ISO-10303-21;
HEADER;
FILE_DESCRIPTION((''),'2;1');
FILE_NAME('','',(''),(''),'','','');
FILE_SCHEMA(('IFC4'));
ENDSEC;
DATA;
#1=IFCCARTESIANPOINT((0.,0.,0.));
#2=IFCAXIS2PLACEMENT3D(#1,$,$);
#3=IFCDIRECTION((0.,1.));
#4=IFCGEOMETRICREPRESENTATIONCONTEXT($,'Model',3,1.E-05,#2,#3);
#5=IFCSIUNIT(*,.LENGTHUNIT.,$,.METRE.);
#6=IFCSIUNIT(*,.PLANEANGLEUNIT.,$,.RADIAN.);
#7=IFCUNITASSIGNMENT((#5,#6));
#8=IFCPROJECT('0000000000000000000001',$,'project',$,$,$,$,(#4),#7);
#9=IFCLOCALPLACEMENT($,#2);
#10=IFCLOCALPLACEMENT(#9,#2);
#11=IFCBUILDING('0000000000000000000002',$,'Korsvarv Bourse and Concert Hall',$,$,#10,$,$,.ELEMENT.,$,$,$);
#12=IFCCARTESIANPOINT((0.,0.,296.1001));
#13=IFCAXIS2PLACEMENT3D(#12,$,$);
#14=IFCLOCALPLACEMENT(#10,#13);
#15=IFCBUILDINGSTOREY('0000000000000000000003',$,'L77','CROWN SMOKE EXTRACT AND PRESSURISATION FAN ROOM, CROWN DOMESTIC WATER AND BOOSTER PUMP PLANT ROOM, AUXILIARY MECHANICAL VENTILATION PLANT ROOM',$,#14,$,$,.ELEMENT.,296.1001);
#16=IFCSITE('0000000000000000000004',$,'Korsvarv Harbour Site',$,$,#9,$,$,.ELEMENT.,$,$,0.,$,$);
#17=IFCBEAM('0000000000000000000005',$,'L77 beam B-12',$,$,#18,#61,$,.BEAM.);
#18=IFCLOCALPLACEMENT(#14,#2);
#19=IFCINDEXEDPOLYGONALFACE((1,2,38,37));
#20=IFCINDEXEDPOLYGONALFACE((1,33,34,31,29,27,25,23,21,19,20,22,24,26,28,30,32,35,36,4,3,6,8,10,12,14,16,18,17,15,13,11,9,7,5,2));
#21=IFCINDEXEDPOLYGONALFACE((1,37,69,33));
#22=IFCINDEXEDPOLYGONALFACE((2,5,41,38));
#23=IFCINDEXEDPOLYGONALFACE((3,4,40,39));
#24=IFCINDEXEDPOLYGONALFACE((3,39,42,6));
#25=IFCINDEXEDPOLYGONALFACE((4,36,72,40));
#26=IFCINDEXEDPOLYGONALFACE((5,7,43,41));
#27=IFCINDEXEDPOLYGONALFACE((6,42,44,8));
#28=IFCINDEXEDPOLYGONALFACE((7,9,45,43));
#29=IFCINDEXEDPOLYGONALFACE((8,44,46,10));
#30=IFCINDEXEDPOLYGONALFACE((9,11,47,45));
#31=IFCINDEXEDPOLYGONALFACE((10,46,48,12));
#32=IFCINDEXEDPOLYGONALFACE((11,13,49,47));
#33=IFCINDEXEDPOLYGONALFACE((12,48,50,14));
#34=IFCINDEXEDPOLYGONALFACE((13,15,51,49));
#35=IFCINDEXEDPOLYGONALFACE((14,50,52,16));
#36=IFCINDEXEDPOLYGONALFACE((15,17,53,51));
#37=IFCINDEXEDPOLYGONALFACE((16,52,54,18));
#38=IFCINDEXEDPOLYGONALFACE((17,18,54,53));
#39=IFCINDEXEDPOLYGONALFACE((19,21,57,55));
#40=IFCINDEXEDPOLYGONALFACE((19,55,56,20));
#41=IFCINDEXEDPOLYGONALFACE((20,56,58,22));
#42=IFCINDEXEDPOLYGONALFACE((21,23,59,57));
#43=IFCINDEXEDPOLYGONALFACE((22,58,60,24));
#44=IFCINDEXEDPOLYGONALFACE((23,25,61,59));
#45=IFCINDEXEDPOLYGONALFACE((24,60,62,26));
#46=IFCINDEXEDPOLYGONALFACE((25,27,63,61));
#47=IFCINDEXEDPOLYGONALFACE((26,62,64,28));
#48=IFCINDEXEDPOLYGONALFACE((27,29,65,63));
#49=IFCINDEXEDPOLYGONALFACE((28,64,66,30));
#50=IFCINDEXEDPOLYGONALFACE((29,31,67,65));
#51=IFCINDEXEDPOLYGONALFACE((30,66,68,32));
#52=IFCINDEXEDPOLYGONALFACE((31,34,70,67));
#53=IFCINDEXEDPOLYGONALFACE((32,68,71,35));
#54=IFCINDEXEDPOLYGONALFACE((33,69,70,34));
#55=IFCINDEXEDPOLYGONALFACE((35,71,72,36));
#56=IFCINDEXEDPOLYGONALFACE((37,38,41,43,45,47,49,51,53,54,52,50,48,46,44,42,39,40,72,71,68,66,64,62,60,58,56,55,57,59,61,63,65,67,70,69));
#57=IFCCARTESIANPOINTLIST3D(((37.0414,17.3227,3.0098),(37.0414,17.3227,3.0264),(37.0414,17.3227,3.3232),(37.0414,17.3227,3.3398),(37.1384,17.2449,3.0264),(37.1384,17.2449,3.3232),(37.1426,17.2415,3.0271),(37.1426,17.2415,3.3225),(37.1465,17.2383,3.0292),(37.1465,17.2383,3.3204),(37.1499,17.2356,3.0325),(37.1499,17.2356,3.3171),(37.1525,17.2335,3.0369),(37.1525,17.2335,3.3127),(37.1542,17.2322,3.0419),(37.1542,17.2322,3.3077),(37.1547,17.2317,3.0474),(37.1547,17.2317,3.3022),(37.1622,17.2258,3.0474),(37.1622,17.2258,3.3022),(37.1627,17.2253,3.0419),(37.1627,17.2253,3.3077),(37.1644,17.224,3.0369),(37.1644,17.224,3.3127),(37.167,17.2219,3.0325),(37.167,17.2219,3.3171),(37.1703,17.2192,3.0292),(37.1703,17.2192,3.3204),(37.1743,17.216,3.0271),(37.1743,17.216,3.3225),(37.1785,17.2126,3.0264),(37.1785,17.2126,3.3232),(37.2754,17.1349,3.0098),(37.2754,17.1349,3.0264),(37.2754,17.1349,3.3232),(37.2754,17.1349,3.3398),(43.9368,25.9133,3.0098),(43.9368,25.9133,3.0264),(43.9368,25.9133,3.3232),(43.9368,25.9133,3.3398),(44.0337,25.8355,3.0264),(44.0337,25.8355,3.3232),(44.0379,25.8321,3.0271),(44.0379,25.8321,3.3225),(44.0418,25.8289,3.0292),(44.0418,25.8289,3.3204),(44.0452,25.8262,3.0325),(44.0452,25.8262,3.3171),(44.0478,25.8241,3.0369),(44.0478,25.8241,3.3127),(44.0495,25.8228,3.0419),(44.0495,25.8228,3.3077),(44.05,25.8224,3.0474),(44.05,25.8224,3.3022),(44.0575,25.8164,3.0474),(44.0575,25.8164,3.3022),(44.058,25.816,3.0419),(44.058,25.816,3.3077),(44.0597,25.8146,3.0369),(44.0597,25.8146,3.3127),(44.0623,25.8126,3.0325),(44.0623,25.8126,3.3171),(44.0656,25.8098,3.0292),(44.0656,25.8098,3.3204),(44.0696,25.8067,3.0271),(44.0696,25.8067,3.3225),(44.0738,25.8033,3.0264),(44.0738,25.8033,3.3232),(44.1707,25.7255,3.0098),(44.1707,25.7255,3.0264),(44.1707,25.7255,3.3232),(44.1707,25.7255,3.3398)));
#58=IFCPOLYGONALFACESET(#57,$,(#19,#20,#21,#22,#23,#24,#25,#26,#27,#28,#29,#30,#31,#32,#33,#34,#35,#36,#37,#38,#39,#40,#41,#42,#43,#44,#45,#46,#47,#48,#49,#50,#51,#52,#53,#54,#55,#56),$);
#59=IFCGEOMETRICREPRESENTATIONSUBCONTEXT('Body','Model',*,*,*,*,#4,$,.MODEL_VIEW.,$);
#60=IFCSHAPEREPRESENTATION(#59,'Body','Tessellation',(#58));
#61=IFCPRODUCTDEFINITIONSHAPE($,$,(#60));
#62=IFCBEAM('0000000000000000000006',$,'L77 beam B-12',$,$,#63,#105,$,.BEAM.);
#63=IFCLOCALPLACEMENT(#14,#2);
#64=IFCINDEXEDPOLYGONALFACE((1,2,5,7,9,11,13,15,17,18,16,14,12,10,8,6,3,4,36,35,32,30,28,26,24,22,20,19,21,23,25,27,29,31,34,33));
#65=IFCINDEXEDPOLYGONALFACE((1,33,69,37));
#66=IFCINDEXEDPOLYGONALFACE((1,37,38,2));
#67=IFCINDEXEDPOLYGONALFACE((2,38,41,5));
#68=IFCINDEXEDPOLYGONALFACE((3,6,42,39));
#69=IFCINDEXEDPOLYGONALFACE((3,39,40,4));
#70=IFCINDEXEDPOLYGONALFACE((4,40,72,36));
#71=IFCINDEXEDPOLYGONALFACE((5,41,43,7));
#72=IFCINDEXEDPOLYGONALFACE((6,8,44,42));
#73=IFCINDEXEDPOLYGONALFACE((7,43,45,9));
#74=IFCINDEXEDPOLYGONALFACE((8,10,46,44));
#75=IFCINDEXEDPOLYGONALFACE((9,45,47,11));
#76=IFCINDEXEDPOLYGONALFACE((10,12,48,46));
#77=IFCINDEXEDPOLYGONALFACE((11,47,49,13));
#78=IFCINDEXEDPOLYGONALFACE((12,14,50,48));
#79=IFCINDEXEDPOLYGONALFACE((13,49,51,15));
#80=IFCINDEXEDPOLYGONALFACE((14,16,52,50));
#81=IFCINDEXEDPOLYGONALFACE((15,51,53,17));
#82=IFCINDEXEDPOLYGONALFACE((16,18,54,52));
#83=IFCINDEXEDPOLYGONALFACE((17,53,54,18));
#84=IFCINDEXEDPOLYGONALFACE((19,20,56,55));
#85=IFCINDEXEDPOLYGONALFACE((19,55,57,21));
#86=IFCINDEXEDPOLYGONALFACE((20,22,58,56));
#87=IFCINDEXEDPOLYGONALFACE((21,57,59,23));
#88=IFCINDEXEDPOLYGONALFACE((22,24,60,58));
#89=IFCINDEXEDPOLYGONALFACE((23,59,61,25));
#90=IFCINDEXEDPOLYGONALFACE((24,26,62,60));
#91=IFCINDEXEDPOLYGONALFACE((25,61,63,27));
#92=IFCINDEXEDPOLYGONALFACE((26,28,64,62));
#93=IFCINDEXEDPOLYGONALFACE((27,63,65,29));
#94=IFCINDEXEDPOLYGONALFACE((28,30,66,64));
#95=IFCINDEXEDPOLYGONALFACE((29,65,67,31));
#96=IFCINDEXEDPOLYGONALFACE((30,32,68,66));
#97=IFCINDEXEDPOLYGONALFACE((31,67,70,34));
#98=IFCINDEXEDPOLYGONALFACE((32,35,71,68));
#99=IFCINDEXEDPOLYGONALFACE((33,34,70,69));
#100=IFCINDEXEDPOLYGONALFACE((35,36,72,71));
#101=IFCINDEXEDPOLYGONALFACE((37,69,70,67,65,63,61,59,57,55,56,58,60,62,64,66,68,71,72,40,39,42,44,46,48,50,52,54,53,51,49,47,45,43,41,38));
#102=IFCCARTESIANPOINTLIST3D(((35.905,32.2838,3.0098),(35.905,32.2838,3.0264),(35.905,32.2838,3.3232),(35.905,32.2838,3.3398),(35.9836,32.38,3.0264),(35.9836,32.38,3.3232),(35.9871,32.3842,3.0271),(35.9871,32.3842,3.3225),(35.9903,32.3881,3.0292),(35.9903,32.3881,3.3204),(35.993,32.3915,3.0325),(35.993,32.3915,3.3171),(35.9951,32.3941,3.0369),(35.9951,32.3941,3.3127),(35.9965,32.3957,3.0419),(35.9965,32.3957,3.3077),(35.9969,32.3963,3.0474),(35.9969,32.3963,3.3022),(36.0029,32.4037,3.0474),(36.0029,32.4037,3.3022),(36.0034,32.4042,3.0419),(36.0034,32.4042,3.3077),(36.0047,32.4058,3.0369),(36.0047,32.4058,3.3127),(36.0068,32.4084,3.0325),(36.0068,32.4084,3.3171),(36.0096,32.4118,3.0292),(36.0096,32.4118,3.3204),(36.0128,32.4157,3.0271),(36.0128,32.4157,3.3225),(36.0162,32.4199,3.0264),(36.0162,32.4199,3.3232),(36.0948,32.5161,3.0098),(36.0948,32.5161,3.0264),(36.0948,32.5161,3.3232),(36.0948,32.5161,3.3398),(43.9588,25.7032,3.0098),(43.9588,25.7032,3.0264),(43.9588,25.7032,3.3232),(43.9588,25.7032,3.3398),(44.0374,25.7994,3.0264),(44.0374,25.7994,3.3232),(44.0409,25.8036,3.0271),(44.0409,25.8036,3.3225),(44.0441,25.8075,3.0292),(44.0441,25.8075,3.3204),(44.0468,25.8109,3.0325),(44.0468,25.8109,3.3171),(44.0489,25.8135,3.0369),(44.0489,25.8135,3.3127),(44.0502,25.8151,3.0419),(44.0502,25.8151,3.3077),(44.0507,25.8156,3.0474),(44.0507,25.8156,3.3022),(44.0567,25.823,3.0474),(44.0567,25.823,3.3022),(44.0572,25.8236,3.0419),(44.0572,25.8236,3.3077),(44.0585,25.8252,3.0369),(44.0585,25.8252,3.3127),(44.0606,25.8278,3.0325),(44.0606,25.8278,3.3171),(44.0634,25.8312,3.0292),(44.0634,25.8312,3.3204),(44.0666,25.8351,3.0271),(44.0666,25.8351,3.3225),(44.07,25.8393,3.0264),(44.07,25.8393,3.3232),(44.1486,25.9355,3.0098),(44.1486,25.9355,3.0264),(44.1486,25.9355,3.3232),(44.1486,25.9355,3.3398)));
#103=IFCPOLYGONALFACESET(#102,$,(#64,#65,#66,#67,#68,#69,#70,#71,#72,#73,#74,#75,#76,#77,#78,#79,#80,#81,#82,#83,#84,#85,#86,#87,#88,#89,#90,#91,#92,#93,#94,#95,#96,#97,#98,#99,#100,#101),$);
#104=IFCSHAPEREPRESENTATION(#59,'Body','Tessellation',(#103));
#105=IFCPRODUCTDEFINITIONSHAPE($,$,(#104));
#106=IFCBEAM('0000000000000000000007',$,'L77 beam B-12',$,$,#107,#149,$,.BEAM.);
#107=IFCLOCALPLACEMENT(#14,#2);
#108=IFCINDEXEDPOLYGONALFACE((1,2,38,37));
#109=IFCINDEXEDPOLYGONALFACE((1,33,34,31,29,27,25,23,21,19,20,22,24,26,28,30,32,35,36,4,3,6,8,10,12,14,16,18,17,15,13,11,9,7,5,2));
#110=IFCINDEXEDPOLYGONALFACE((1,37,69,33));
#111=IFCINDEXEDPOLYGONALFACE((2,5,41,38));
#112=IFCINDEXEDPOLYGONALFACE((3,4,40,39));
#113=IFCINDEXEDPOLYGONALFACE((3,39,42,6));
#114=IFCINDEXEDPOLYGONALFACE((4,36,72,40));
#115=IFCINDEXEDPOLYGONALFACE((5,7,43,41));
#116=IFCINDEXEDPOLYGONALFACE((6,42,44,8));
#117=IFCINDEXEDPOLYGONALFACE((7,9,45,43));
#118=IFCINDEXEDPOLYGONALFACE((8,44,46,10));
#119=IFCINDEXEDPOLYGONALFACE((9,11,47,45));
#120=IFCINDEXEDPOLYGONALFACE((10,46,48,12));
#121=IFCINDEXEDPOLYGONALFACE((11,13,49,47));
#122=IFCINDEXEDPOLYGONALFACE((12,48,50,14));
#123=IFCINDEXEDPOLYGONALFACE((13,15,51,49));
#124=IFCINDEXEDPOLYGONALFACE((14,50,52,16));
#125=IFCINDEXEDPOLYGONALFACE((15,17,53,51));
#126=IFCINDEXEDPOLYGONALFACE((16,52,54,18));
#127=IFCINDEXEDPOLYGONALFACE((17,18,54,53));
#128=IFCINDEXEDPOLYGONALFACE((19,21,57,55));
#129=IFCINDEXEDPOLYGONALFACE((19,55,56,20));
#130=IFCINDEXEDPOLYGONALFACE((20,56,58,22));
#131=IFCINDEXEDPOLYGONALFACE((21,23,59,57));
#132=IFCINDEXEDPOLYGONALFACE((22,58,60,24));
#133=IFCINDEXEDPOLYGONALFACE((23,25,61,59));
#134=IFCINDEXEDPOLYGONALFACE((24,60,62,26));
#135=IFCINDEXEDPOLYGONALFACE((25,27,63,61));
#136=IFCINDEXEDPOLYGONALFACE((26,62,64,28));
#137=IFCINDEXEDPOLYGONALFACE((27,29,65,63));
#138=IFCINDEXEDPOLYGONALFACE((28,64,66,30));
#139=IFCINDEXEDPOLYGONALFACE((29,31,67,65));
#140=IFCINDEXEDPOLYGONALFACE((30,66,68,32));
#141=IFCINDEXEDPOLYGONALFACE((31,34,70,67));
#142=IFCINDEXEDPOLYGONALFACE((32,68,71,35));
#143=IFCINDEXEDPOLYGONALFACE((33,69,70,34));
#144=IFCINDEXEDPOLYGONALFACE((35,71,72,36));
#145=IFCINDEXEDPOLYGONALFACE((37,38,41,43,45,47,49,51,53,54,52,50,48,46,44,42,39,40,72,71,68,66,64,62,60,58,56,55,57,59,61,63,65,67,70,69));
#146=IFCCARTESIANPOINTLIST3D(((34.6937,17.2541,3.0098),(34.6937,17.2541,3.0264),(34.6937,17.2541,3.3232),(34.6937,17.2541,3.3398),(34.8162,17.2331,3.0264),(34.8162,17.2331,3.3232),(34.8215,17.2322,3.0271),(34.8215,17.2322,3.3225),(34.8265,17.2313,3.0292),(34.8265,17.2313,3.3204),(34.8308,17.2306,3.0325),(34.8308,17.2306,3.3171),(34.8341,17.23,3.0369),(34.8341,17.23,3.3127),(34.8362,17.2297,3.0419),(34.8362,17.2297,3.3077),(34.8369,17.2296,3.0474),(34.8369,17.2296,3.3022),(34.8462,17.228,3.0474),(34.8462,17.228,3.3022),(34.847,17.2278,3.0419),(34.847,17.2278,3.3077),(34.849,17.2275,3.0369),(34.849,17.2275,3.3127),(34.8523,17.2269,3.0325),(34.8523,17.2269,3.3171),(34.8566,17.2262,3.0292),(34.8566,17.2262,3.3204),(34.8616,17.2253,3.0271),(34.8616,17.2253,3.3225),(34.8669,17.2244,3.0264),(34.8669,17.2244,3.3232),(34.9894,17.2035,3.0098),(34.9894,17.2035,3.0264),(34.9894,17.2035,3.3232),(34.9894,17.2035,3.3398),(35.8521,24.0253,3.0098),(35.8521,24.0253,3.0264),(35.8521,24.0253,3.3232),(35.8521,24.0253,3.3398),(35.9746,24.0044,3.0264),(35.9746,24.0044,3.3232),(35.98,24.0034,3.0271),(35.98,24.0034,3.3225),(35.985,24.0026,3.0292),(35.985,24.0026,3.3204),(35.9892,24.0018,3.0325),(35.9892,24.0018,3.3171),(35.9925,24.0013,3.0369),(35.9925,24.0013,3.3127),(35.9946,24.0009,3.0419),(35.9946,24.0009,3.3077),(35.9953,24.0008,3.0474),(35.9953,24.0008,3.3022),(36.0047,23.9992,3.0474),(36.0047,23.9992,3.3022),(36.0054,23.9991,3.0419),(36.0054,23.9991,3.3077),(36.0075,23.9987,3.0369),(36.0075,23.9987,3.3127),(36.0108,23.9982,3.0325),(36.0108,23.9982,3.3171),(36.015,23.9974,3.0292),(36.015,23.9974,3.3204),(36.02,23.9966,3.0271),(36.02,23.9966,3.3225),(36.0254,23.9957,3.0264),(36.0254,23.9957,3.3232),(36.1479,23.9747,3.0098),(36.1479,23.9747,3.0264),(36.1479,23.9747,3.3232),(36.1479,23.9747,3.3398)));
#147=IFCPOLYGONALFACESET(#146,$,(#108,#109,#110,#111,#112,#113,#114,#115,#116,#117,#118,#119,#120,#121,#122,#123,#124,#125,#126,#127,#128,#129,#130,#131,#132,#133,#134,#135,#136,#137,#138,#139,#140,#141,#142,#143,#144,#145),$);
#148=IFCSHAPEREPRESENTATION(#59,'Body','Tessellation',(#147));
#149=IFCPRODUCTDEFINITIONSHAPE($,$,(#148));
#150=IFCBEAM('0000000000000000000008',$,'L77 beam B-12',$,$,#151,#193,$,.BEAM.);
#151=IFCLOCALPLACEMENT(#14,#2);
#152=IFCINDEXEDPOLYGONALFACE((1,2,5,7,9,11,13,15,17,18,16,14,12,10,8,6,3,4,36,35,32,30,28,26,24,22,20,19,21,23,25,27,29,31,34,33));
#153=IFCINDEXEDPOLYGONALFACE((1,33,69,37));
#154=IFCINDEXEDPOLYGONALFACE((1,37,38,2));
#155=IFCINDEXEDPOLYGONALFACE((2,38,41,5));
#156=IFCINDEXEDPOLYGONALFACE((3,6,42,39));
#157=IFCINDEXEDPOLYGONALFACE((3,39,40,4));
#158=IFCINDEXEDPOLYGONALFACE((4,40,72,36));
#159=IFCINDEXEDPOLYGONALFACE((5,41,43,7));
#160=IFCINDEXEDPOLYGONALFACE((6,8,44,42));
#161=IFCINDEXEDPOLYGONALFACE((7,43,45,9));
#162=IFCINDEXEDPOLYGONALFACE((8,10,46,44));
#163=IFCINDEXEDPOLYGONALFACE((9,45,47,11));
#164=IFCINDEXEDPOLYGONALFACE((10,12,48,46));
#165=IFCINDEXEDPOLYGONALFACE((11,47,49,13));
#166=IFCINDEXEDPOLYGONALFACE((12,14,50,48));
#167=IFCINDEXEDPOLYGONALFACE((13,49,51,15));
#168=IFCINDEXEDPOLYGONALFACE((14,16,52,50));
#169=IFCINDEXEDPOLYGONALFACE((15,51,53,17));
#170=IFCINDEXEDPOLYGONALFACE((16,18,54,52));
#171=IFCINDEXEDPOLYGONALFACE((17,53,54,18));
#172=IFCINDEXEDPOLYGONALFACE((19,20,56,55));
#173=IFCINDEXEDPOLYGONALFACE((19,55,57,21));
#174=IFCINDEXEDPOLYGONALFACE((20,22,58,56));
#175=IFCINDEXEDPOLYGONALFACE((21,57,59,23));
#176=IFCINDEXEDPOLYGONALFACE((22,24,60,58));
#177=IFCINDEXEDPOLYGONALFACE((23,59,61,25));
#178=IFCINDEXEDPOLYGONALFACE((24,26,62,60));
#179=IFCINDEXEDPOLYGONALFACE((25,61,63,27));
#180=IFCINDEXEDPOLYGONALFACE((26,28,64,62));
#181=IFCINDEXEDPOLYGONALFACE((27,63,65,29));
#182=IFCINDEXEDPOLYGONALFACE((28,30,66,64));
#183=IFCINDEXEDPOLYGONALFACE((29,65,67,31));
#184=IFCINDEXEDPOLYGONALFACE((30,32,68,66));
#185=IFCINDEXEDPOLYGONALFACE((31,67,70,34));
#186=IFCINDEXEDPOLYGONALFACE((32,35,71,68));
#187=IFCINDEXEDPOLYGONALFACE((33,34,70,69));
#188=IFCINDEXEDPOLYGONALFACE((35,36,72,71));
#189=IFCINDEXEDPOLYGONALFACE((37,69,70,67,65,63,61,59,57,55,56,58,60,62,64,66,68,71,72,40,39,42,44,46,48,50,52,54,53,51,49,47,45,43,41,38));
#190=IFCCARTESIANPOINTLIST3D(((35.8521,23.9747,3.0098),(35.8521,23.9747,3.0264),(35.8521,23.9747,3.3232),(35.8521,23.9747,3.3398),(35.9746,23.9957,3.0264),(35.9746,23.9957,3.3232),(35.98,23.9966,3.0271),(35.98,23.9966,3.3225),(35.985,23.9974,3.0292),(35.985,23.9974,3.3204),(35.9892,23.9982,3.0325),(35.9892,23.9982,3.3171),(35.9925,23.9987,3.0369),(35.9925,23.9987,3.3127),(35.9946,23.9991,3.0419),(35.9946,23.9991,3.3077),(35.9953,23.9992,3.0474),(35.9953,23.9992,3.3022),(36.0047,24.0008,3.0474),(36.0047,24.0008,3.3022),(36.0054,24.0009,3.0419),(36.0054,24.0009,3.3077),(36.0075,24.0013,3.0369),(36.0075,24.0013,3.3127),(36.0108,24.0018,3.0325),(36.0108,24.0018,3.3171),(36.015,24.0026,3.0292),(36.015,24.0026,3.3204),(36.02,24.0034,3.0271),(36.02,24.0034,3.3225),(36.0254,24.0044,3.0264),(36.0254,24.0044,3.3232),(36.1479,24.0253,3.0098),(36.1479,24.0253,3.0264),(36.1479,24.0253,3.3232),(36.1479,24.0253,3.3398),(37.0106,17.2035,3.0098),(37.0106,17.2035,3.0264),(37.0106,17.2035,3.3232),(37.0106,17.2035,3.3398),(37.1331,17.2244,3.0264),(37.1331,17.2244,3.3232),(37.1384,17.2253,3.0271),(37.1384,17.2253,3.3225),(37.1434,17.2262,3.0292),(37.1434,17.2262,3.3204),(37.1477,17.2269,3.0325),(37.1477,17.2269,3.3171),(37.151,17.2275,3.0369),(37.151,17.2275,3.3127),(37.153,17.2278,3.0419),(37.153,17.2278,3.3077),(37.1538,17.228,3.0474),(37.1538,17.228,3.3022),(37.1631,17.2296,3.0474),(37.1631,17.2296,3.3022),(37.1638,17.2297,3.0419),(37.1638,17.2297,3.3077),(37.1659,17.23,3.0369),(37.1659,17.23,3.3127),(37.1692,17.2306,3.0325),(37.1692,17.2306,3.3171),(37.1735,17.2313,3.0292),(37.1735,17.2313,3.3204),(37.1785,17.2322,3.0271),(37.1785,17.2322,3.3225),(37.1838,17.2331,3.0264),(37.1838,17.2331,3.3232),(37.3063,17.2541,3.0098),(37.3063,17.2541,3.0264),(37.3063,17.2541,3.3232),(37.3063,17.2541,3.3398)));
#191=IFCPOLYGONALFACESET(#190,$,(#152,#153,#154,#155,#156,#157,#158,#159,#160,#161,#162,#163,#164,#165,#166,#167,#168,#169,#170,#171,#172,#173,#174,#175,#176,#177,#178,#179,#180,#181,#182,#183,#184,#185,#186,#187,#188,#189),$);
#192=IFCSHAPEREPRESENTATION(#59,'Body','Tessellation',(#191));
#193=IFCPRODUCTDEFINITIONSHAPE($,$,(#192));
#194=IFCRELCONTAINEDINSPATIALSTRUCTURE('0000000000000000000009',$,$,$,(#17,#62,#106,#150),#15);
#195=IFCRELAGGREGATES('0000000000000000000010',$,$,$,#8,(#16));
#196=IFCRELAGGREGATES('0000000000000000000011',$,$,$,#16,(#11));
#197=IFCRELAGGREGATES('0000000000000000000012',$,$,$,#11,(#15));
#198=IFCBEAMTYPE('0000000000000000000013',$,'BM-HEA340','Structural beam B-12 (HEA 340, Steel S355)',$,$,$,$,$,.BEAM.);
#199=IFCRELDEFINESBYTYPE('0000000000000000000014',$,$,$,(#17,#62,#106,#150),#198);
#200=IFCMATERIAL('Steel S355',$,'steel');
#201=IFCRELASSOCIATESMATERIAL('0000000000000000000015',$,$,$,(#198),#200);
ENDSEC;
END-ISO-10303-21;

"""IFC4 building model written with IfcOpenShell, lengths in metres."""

from ifc_helpers import new_model, si_unit, direction, frame, origin, origin_2d, place, context, subcontext, project, spatial, i_section, extrude, source, transform, mapped, material, material_profile, profile_set, type_object, element, save


model = new_model("IFC4")

# Units and contexts
model_context = context("Model", 3, precision=1e-05, world=origin(), true_north=direction((0.0, 1.0)))
body_context = subcontext(model_context, "Body", "Model", "MODEL_VIEW")
ifc_project = project(units=[si_unit("LENGTHUNIT", "METRE"), si_unit("PLANEANGLEUNIT", "RADIAN")], contexts=[model_context])

# Site, building, storey
site_placement = place(None, origin())
site = spatial("IfcSite", under=ifc_project, at=site_placement, Name="Korsvarv Harbour Site", CompositionType="ELEMENT", RefElevation=0.0)
building_placement = place(site_placement, origin())
building = spatial("IfcBuilding", under=site, at=building_placement, Name="Korsvarv Bourse and Concert Hall", CompositionType="ELEMENT")
storey_placement = place(building_placement, frame((0.0, 0.0, 296.1001)))
storey = spatial("IfcBuildingStorey", under=building, at=storey_placement, Name="L77", Description="CROWN SMOKE EXTRACT AND PRESSURISATION FAN ROOM, CROWN DOMESTIC WATER AND BOOSTER PUMP PLANT ROOM, AUXILIARY MECHANICAL VENTILATION PLANT ROOM", CompositionType="ELEMENT", Elevation=296.1001)

# Shared definitions
ifc_material_1 = material(Name="Steel S355", Category="steel")

# Beams
ifc_material_profile_1 = material_profile(ifc_material_1, i_section(OverallWidth=0.3, OverallDepth=0.3301, WebThickness=0.0095, FlangeThickness=0.0166, FilletRadius=0.021, at=origin_2d()), Name="HEA 340")
ifc_profile_set_1 = profile_set([ifc_material_profile_1], Name="Steel S355")
beam_type = type_object("IfcBeamType", Name="BM-HEA340", Description="Structural beam B-12 (HEA 340, Steel S355)", PredefinedType="BEAM", material=ifc_profile_set_1)
shared_shape_1 = source(origin(), body_context, "Body", "SweptSolid", [
    extrude(i_section(OverallWidth=0.3, OverallDepth=0.3301, WebThickness=0.0095, FlangeThickness=0.0166, FilletRadius=0.021, at=origin_2d()), origin(), (0.0, 0.0, 1.0), 11.0156),
])
beam_1_placement = place(storey_placement, frame((37.1584, 17.2288, 3.1748), z_axis=(0.625956, 0.779858, 0.0), x_axis=(-0.779858, 0.625956, 0.0)))
element("IfcBeam", 1, at=beam_1_placement, inside=storey, type_object=beam_type, Name="L77 beam B-12", PredefinedType="BEAM", context=body_context, shape_type="MappedRepresentation", body=[
    mapped(shared_shape_1, transform((0.0, 0.0, 0.0), scale=1.0)),
])
shared_shape_2 = source(origin(), body_context, "Body", "SweptSolid", [
    extrude(i_section(OverallWidth=0.3, OverallDepth=0.3301, WebThickness=0.0095, FlangeThickness=0.0166, FilletRadius=0.021, at=origin_2d()), origin(), (0.0, 0.0, 1.0), 10.4004),
])
beam_2_placement = place(storey_placement, frame((44.0537, 25.8193, 3.1748), z_axis=(-0.774373, 0.632729, 0.0), x_axis=(-0.632729, -0.774373, 0.0)))
element("IfcBeam", 2, at=beam_2_placement, inside=storey, type_object=beam_type, Name="L77 beam B-12", PredefinedType="BEAM", context=body_context, shape_type="MappedRepresentation", body=[
    mapped(shared_shape_2, transform((0.0, 0.0, 0.0), scale=1.0)),
])
shared_shape_3 = source(origin(), body_context, "Body", "SweptSolid", [
    extrude(i_section(OverallWidth=0.3, OverallDepth=0.3301, WebThickness=0.0095, FlangeThickness=0.0166, FilletRadius=0.021, at=origin_2d()), origin(), (0.0, 0.0, 1.0), 6.8696),
])
for number, where, z_axis, x_axis, name in (
    (3, (34.8416, 17.2288, 3.1748), (0.168633, 0.985679, 0.0), (-0.985679, 0.168633, 0.0), "L77 beam B-12"),
    (4, (37.1584, 17.2288, 3.1748), (-0.168633, 0.985679, 0.0), (-0.985679, -0.168633, 0.0), "L77 beam B-12"),
):
    element("IfcBeam", number, at=place(storey_placement, frame(where, z_axis=z_axis, x_axis=x_axis)), inside=storey, type_object=beam_type, Name=name, PredefinedType="BEAM", context=body_context, shape_type="MappedRepresentation", body=[
        mapped(shared_shape_3, transform((0.0, 0.0, 0.0), scale=1.0)),
    ])

save(model, "model.ifc")
